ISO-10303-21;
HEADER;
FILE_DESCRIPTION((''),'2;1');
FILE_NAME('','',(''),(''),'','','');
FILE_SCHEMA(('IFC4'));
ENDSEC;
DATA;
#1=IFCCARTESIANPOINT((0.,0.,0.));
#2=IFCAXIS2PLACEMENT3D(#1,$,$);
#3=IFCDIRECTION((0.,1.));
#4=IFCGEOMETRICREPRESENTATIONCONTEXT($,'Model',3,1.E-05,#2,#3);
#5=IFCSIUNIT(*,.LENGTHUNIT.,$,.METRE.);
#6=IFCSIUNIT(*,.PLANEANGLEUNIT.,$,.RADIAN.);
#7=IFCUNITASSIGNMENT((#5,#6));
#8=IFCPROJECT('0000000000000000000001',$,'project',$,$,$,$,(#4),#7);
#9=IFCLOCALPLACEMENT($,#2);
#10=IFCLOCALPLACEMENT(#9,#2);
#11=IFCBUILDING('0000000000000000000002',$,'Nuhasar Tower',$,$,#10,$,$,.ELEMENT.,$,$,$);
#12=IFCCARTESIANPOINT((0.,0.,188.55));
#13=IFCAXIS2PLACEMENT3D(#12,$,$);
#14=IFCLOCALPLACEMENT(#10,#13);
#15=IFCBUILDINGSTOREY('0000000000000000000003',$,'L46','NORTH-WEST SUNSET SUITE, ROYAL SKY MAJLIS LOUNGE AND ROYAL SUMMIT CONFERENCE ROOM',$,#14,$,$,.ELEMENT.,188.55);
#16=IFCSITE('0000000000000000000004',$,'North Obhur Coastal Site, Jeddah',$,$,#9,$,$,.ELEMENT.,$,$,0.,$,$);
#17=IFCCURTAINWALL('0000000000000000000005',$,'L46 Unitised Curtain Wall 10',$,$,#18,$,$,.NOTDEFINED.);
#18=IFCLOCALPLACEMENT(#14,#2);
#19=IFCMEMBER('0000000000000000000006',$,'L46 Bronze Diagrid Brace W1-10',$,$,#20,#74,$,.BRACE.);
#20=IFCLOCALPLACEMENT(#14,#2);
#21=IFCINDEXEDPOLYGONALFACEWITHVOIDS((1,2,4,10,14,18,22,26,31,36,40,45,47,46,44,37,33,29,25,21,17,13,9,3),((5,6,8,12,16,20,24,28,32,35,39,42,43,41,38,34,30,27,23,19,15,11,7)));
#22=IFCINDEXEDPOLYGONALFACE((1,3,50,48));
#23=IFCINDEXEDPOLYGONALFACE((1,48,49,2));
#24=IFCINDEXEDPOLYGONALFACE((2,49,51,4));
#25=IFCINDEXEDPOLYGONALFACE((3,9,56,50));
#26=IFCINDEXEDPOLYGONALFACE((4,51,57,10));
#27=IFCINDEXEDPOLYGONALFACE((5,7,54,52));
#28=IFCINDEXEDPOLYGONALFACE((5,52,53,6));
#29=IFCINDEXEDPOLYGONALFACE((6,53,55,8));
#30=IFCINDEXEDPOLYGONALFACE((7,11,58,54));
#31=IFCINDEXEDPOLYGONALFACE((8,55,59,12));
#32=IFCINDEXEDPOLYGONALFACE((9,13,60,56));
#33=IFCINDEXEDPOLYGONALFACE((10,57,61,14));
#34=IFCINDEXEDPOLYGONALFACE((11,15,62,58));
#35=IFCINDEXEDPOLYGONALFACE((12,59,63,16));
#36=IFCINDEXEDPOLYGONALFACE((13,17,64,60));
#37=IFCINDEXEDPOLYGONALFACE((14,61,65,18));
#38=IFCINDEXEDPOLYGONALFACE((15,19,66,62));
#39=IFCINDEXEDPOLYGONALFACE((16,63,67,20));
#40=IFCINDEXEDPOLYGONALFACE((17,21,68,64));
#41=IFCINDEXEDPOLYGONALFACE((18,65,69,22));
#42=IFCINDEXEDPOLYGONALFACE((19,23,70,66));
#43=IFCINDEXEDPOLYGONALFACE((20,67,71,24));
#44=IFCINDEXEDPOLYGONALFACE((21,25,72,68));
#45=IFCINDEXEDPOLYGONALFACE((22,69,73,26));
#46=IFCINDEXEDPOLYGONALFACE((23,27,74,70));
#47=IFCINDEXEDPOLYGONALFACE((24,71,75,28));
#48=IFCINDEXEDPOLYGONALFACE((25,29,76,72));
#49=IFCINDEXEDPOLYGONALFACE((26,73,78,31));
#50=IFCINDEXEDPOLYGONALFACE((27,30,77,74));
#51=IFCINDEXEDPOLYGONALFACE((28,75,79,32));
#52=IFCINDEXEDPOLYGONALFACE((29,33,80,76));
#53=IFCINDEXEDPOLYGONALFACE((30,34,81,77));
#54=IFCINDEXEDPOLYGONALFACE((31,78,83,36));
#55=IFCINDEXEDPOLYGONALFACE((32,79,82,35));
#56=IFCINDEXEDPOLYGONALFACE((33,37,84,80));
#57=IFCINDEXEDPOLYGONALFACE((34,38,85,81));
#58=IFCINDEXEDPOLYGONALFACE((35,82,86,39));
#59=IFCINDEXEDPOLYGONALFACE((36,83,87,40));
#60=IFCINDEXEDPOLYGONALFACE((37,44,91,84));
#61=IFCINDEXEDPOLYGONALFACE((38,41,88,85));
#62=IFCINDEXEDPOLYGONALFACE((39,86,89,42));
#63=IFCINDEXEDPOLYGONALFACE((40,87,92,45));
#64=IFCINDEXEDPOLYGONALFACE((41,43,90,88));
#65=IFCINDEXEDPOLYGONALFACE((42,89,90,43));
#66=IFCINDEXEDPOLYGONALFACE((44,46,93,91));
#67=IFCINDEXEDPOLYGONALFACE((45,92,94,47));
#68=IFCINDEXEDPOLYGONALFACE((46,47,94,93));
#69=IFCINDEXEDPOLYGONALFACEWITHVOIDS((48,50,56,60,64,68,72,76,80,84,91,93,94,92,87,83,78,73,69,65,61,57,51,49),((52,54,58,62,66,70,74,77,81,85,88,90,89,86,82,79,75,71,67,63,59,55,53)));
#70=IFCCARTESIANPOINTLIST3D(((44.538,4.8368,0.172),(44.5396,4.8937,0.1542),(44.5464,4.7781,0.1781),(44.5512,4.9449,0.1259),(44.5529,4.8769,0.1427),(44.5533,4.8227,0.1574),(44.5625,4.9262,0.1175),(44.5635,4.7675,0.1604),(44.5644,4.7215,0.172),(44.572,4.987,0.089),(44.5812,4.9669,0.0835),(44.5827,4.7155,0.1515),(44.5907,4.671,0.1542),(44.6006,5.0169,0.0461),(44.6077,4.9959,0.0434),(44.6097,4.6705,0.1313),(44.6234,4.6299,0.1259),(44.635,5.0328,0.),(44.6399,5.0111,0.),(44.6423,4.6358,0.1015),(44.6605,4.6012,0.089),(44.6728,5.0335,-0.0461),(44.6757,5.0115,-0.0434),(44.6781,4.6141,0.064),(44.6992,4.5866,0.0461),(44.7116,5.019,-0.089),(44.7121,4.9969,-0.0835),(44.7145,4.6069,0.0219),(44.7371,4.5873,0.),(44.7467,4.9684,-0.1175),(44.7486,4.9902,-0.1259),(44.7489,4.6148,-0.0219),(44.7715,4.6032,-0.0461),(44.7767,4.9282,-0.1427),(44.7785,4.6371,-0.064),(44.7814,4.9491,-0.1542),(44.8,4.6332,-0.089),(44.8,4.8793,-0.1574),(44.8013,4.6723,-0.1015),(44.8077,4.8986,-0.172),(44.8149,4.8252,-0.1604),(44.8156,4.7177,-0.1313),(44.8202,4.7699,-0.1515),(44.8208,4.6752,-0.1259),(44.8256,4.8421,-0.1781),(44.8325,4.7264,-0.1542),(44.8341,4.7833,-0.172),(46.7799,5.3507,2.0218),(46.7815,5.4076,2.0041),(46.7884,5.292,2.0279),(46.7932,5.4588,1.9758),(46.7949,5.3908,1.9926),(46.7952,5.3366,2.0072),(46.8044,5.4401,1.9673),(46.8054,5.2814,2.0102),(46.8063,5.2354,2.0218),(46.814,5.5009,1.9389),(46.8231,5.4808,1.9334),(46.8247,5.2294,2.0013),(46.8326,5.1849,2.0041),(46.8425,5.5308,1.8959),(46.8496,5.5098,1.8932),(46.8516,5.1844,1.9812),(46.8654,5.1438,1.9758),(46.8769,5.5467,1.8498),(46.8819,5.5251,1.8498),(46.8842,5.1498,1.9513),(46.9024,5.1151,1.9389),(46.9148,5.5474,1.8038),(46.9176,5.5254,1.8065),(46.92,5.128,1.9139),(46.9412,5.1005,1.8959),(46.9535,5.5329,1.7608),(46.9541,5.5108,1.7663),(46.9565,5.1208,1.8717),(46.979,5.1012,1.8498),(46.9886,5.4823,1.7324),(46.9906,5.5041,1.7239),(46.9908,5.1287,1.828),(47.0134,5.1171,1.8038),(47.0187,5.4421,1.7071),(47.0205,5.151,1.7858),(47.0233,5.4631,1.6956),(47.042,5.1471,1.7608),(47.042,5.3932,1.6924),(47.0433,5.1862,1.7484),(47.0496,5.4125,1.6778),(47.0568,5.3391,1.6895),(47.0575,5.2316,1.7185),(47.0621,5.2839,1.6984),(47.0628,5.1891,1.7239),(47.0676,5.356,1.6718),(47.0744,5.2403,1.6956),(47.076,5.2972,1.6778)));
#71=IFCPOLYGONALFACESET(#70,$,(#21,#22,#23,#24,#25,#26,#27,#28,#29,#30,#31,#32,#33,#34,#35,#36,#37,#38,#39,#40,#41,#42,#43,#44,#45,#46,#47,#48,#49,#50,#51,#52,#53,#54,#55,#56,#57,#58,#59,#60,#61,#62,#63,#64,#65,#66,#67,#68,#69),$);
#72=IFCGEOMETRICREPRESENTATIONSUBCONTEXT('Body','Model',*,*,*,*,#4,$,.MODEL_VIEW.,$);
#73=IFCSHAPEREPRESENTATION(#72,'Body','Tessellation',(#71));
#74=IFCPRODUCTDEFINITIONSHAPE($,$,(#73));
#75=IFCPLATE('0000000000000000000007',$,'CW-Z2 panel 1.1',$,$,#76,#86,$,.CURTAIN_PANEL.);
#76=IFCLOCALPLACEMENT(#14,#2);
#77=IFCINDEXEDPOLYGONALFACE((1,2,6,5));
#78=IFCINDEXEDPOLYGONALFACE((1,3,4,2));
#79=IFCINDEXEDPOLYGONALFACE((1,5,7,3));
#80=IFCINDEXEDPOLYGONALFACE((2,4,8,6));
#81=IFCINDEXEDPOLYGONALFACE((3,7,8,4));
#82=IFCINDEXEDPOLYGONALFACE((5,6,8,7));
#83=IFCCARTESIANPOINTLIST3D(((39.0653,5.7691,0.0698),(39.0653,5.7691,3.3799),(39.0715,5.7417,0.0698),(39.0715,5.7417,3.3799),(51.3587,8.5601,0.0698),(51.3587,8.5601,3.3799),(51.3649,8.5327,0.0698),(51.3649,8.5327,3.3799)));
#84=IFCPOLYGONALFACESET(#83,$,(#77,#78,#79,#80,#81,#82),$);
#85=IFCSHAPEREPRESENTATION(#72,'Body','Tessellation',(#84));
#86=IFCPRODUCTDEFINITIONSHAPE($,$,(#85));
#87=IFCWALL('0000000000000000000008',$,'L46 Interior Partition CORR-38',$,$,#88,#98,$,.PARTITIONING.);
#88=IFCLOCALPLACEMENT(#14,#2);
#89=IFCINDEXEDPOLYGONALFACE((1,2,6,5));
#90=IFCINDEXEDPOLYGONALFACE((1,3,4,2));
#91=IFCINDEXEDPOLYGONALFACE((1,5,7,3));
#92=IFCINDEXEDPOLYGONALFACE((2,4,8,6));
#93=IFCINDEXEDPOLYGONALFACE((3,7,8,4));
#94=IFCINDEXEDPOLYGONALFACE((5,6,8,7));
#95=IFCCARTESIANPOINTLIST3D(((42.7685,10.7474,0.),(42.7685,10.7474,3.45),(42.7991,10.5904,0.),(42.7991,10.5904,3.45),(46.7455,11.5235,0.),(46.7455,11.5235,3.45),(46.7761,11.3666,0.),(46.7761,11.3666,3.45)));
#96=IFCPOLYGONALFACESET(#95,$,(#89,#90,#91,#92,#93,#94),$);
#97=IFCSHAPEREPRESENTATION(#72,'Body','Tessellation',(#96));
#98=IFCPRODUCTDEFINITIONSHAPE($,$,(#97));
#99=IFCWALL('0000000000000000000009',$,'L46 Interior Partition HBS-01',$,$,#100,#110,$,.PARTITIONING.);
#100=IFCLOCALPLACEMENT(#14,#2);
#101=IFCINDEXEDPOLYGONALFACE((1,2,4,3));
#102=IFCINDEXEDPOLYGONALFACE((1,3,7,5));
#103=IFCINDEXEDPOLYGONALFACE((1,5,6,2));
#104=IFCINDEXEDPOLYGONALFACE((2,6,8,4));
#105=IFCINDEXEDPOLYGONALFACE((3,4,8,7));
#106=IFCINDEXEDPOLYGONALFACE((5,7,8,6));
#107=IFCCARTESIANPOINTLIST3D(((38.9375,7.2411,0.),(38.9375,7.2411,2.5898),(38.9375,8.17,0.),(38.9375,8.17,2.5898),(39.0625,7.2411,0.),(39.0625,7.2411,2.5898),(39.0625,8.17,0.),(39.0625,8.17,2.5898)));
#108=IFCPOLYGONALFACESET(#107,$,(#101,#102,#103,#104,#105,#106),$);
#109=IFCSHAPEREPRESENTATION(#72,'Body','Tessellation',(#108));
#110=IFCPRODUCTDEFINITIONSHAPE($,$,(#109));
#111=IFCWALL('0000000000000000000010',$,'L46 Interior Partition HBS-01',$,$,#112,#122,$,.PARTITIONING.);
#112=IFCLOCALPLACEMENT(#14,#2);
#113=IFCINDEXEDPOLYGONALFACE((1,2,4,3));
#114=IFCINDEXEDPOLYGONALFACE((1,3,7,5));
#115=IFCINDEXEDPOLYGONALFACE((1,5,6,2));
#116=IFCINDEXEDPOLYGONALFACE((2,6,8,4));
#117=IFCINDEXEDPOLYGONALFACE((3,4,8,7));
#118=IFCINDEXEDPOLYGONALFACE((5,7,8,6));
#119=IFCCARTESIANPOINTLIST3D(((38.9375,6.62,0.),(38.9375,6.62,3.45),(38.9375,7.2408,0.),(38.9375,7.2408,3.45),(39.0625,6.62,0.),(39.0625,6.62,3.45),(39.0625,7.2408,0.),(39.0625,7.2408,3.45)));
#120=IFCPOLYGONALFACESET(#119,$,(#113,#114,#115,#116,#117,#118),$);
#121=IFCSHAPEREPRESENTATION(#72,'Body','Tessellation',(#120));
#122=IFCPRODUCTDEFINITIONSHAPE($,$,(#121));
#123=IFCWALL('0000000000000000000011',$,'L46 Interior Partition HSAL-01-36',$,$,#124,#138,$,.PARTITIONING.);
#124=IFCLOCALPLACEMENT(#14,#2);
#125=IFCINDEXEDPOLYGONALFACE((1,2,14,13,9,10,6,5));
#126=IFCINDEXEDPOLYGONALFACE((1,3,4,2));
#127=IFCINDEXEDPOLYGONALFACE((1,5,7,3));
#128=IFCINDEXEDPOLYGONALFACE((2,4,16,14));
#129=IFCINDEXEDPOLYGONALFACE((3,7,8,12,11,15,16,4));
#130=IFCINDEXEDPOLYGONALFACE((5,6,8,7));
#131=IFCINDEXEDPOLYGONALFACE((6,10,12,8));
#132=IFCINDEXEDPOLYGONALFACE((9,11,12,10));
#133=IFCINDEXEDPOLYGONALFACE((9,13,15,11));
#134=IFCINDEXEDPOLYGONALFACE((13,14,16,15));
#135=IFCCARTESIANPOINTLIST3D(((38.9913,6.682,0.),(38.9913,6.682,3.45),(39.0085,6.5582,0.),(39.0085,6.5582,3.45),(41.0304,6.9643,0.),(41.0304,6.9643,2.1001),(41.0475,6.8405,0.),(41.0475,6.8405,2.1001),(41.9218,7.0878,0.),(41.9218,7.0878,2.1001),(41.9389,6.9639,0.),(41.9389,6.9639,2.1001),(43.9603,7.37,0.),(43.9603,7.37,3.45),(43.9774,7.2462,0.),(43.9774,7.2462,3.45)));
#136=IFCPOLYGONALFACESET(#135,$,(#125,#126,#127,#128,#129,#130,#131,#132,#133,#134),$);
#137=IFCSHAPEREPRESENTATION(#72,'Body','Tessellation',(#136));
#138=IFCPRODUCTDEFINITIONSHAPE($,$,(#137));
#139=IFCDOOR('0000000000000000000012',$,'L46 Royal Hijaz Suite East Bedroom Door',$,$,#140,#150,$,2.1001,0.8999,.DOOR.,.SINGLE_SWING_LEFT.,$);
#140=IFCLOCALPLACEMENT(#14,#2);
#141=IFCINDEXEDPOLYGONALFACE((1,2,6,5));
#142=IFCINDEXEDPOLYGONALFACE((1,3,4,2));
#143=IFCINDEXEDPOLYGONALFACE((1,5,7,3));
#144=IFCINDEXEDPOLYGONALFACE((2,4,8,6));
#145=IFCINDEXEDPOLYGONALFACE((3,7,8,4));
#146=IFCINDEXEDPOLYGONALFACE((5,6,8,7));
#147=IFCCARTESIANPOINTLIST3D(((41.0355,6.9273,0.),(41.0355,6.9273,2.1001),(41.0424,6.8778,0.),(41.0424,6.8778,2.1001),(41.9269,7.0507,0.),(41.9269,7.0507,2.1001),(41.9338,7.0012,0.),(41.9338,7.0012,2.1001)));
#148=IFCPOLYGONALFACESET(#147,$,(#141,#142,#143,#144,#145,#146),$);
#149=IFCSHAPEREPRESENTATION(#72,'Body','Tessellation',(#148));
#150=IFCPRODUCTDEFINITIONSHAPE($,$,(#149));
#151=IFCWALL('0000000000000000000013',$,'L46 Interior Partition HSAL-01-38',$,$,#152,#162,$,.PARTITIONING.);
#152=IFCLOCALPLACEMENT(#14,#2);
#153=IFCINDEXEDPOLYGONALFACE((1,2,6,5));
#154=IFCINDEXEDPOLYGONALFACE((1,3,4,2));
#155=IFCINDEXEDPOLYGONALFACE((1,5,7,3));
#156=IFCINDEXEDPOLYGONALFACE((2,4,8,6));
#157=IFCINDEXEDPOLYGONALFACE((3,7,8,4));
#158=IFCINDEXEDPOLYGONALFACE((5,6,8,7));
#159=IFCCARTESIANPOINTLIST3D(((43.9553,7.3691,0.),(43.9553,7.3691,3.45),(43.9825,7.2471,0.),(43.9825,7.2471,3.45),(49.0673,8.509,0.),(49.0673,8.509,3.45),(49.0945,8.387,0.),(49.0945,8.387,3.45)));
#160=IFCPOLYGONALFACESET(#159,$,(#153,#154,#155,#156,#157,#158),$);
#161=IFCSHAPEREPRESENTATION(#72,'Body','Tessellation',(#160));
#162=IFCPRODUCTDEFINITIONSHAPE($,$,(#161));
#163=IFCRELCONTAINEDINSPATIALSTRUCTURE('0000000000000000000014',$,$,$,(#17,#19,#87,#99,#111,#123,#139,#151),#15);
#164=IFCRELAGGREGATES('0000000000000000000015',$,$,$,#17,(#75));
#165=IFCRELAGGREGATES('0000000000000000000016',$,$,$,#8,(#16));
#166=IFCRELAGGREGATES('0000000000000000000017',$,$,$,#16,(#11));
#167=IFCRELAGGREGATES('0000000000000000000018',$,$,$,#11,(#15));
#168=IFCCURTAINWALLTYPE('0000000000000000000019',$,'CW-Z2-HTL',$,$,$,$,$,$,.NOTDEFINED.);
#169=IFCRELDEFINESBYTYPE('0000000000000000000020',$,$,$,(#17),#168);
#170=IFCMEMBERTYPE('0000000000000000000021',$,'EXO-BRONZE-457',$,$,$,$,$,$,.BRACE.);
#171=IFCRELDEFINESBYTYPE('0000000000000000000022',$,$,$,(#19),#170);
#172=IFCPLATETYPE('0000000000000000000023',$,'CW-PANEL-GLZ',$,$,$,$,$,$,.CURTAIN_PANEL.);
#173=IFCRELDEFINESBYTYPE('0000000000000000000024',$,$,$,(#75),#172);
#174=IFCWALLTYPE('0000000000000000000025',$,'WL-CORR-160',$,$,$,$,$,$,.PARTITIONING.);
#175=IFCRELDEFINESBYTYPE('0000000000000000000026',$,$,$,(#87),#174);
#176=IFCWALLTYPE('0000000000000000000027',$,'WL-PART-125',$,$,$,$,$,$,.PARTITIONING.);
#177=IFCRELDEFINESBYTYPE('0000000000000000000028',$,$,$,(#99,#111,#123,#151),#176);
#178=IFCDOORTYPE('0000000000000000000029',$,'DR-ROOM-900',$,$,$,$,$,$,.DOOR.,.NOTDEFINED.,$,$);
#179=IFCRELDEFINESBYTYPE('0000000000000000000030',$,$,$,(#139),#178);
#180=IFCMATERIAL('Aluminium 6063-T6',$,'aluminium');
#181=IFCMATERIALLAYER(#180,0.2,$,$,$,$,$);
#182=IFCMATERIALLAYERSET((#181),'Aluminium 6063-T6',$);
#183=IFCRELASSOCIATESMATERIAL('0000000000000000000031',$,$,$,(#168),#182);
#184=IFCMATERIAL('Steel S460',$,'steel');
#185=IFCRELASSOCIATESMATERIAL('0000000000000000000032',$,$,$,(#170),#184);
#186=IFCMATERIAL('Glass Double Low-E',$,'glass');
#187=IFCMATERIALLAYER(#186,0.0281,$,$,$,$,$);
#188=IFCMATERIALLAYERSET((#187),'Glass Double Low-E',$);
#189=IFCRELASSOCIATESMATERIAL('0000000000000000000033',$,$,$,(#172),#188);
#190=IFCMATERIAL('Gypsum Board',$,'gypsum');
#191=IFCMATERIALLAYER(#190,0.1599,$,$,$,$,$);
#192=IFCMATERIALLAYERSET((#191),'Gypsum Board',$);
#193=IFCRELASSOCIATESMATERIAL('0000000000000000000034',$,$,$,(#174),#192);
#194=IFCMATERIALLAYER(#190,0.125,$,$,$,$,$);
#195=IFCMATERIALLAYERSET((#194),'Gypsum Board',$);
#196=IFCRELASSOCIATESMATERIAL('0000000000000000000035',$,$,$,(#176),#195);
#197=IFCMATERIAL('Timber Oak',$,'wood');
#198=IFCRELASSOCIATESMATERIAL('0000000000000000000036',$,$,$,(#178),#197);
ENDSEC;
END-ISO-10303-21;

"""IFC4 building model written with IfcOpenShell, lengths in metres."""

from ifc_helpers import new_model, si_unit, direction, frame, frame_2d, origin, origin_2d, place, context, subcontext, project, spatial, rectangle, hollow_circle, extrude, material, layer, layer_set, material_profile, profile_set, type_object, element, fill, aggregate, save


model = new_model("IFC4")

# Units and contexts
model_context = context("Model", 3, precision=1e-05, world=origin(), true_north=direction((0.0, 1.0)))
body_context = subcontext(model_context, "Body", "Model", "MODEL_VIEW")
ifc_project = project(units=[si_unit("LENGTHUNIT", "METRE"), si_unit("PLANEANGLEUNIT", "RADIAN")], contexts=[model_context])

# Site, building, storey
site_placement = place(None, origin())
site = spatial("IfcSite", under=ifc_project, at=site_placement, Name="North Obhur Coastal Site, Jeddah", CompositionType="ELEMENT", RefElevation=0.0)
building_placement = place(site_placement, origin())
building = spatial("IfcBuilding", under=site, at=building_placement, Name="Nuhasar Tower", CompositionType="ELEMENT")
storey_placement = place(building_placement, frame((0.0, 0.0, 188.55)))
storey = spatial("IfcBuildingStorey", under=building, at=storey_placement, Name="L46", Description="NORTH-WEST SUNSET SUITE, ROYAL SKY MAJLIS LOUNGE AND ROYAL SUMMIT CONFERENCE ROOM", CompositionType="ELEMENT", Elevation=188.55)

# Shared definitions
ifc_material_1 = material(Name="Aluminium 6063-T6", Category="aluminium")
ifc_layer_1 = layer(ifc_material_1, 0.2)
ifc_layer_set_1 = layer_set([ifc_layer_1], Name="Aluminium 6063-T6")
curtain_wall_type = type_object("IfcCurtainWallType", Name="CW-Z2-HTL", PredefinedType="NOTDEFINED", material=ifc_layer_set_1)

# Curtain wall
curtain_wall_1_placement = place(storey_placement, origin())
curtain_wall_1 = element("IfcCurtainWall", 1, at=curtain_wall_1_placement, inside=storey, type_object=curtain_wall_type, Name="L46 Unitised Curtain Wall 10", PredefinedType="NOTDEFINED")

# Member
ifc_material_2 = material(Name="Steel S460", Category="steel")
ifc_material_profile_1 = material_profile(ifc_material_2, hollow_circle(Radius=0.2285, WallThickness=0.0222, at=origin_2d()), Name="HSS457X22.2")
ifc_profile_set_1 = profile_set([ifc_material_profile_1], Name="Steel S460")
member_type_1 = type_object("IfcMemberType", Name="EXO-BRONZE-457", PredefinedType="BRACE", material=ifc_profile_set_1)
member_1_placement = place(storey_placement, frame((44.686, 4.8101, 0.0), z_axis=(0.75955, 0.17411, 0.626713), x_axis=(-0.223433, 0.974719, 0.0)))
element("IfcMember", 2, at=member_1_placement, inside=storey, type_object=member_type_1, Name="L46 Bronze Diagrid Brace W1-10", PredefinedType="BRACE", context=body_context, shape_type="SweptSolid", body=[
    extrude(hollow_circle(Radius=0.2285, WallThickness=0.0222, at=origin_2d()), origin(), (0.0, 0.0, 1.0), 2.9517),
])

# Plate
ifc_material_3 = material(Name="Glass Double Low-E", Category="glass")
ifc_layer_2 = layer(ifc_material_3, 0.0281)
ifc_layer_set_2 = layer_set([ifc_layer_2], Name="Glass Double Low-E")
plate_type = type_object("IfcPlateType", Name="CW-PANEL-GLZ", PredefinedType="CURTAIN_PANEL", material=ifc_layer_set_2)
plate_placement = place(storey_placement, frame((45.2151, 7.1509, 0.0698), z_axis=(0.0, 0.0, 1.0), x_axis=(0.975184, 0.221397, 0.0)))
plate = element("IfcPlate", 3, at=plate_placement, type_object=plate_type, Name="CW-Z2 panel 1.1", PredefinedType="CURTAIN_PANEL", context=body_context, shape_type="SweptSolid", body=[
    extrude(rectangle(XDim=12.6062, YDim=0.0281, at=origin_2d()), origin(), (0.0, 0.0, 1.0), 3.3101),
])
aggregate(curtain_wall_1, [plate])

# Shared definitions
ifc_material_4 = material(Name="Gypsum Board", Category="gypsum")
ifc_layer_3 = layer(ifc_material_4, 0.1599)
ifc_layer_set_3 = layer_set([ifc_layer_3], Name="Gypsum Board")
wall_type_1 = type_object("IfcWallType", Name="WL-CORR-160", PredefinedType="PARTITIONING", material=ifc_layer_set_3)
ifc_material_5 = material(Name="Timber Oak", Category="wood")

# Wall
wall_1_placement = place(storey_placement, frame((42.7839, 10.6689, 0.0), z_axis=(0.0, 0.0, 1.0), x_axis=(0.981485, 0.191537, 0.0)))
element("IfcWall", 4, at=wall_1_placement, inside=storey, type_object=wall_type_1, Name="L46 Interior Partition CORR-38", PredefinedType="PARTITIONING", context=body_context, shape_type="SweptSolid", body=[
    extrude(rectangle(XDim=4.052, YDim=0.1599, at=frame_2d((2.0259, 0.0))), origin(), (0.0, 0.0, 1.0), 3.45),
])

# Walls
ifc_layer_4 = layer(ifc_material_4, 0.125)
ifc_layer_set_4 = layer_set([ifc_layer_4], Name="Gypsum Board")
wall_type_2 = type_object("IfcWallType", Name="WL-PART-125", PredefinedType="PARTITIONING", material=ifc_layer_set_4)
wall_2_placement = place(storey_placement, frame((39.0, 8.1699, 0.0), z_axis=(0.0, 0.0, 1.0), x_axis=(0.0, -1.0, 0.0)))
element("IfcWall", 5, at=wall_2_placement, inside=storey, type_object=wall_type_2, Name="L46 Interior Partition HBS-01", PredefinedType="PARTITIONING", context=body_context, shape_type="SweptSolid", body=[
    extrude(rectangle(XDim=0.929, YDim=0.125, at=frame_2d((0.4644, 0.0))), origin(), (0.0, 0.0, 1.0), 2.5898),
])
wall_3_placement = place(storey_placement, frame((39.0, 7.241, 0.0), z_axis=(0.0, 0.0, 1.0), x_axis=(0.0, -1.0, 0.0)))
element("IfcWall", 6, at=wall_3_placement, inside=storey, type_object=wall_type_2, Name="L46 Interior Partition HBS-01", PredefinedType="PARTITIONING", context=body_context, shape_type="SweptSolid", body=[
    extrude(rectangle(XDim=0.6208, YDim=0.125, at=frame_2d((0.3105, 0.0))), origin(), (0.0, 0.0, 1.0), 3.45),
])

# Wall, opening, door
wall_4_placement = place(storey_placement, frame((43.969, 7.3081, 0.0), z_axis=(0.0, 0.0, 1.0), x_axis=(-0.990551, -0.137148, 0.0)))
wall_4 = element("IfcWall", 7, at=wall_4_placement, inside=storey, type_object=wall_type_2, Name="L46 Interior Partition HSAL-01-36", PredefinedType="PARTITIONING", context=body_context, shape_type="SweptSolid", body=[
    extrude(rectangle(XDim=5.0164, YDim=0.125, at=frame_2d((2.5083, 0.0))), origin(), (0.0, 0.0, 1.0), 3.45),
])
opening_1_placement = place(wall_4_placement, frame((2.0581, 0.0, 0.0)))
opening_1 = element("IfcOpeningElement", 8, at=opening_1_placement, cuts=wall_4, PredefinedType="OPENING", context=body_context, shape_type="SweptSolid", body=[
    extrude(rectangle(XDim=0.8999, YDim=2.1001, at=frame_2d((0.45, 1.05))), frame((0.0, 0.0725, 0.0), z_axis=(0.0, -1.0, 0.0), x_axis=(1.0, 0.0, 0.0)), (0.0, 0.0, 1.0), 0.145),
])
door_type_1 = type_object("IfcDoorType", Name="DR-ROOM-900", OperationType="NOTDEFINED", PredefinedType="DOOR", material=ifc_material_5)
door_1_placement = place(opening_1_placement, origin())
door_1 = element("IfcDoor", 9, at=door_1_placement, inside=storey, type_object=door_type_1, Name="L46 Royal Hijaz Suite East Bedroom Door", OperationType="SINGLE_SWING_LEFT", OverallHeight=2.1001, OverallWidth=0.8999, PredefinedType="DOOR", context=body_context, shape_type="SweptSolid", body=[
    extrude(rectangle(XDim=0.8999, YDim=2.1001, at=frame_2d((0.45, 1.05))), frame((0.0, 0.0249, 0.0), z_axis=(0.0, -1.0, 0.0), x_axis=(1.0, 0.0, 0.0)), (0.0, 0.0, 1.0), 0.05),
])
fill(opening_1, door_1)

# Wall
wall_5_placement = place(storey_placement, frame((43.969, 7.3081, 0.0), z_axis=(0.0, 0.0, 1.0), x_axis=(0.97603, 0.217636, 0.0)))
element("IfcWall", 10, at=wall_5_placement, inside=storey, type_object=wall_type_2, Name="L46 Interior Partition HSAL-01-38", PredefinedType="PARTITIONING", context=body_context, shape_type="SweptSolid", body=[
    extrude(rectangle(XDim=5.2375, YDim=0.125, at=frame_2d((2.6187, 0.0))), origin(), (0.0, 0.0, 1.0), 3.45),
])

save(model, "model.ifc")
